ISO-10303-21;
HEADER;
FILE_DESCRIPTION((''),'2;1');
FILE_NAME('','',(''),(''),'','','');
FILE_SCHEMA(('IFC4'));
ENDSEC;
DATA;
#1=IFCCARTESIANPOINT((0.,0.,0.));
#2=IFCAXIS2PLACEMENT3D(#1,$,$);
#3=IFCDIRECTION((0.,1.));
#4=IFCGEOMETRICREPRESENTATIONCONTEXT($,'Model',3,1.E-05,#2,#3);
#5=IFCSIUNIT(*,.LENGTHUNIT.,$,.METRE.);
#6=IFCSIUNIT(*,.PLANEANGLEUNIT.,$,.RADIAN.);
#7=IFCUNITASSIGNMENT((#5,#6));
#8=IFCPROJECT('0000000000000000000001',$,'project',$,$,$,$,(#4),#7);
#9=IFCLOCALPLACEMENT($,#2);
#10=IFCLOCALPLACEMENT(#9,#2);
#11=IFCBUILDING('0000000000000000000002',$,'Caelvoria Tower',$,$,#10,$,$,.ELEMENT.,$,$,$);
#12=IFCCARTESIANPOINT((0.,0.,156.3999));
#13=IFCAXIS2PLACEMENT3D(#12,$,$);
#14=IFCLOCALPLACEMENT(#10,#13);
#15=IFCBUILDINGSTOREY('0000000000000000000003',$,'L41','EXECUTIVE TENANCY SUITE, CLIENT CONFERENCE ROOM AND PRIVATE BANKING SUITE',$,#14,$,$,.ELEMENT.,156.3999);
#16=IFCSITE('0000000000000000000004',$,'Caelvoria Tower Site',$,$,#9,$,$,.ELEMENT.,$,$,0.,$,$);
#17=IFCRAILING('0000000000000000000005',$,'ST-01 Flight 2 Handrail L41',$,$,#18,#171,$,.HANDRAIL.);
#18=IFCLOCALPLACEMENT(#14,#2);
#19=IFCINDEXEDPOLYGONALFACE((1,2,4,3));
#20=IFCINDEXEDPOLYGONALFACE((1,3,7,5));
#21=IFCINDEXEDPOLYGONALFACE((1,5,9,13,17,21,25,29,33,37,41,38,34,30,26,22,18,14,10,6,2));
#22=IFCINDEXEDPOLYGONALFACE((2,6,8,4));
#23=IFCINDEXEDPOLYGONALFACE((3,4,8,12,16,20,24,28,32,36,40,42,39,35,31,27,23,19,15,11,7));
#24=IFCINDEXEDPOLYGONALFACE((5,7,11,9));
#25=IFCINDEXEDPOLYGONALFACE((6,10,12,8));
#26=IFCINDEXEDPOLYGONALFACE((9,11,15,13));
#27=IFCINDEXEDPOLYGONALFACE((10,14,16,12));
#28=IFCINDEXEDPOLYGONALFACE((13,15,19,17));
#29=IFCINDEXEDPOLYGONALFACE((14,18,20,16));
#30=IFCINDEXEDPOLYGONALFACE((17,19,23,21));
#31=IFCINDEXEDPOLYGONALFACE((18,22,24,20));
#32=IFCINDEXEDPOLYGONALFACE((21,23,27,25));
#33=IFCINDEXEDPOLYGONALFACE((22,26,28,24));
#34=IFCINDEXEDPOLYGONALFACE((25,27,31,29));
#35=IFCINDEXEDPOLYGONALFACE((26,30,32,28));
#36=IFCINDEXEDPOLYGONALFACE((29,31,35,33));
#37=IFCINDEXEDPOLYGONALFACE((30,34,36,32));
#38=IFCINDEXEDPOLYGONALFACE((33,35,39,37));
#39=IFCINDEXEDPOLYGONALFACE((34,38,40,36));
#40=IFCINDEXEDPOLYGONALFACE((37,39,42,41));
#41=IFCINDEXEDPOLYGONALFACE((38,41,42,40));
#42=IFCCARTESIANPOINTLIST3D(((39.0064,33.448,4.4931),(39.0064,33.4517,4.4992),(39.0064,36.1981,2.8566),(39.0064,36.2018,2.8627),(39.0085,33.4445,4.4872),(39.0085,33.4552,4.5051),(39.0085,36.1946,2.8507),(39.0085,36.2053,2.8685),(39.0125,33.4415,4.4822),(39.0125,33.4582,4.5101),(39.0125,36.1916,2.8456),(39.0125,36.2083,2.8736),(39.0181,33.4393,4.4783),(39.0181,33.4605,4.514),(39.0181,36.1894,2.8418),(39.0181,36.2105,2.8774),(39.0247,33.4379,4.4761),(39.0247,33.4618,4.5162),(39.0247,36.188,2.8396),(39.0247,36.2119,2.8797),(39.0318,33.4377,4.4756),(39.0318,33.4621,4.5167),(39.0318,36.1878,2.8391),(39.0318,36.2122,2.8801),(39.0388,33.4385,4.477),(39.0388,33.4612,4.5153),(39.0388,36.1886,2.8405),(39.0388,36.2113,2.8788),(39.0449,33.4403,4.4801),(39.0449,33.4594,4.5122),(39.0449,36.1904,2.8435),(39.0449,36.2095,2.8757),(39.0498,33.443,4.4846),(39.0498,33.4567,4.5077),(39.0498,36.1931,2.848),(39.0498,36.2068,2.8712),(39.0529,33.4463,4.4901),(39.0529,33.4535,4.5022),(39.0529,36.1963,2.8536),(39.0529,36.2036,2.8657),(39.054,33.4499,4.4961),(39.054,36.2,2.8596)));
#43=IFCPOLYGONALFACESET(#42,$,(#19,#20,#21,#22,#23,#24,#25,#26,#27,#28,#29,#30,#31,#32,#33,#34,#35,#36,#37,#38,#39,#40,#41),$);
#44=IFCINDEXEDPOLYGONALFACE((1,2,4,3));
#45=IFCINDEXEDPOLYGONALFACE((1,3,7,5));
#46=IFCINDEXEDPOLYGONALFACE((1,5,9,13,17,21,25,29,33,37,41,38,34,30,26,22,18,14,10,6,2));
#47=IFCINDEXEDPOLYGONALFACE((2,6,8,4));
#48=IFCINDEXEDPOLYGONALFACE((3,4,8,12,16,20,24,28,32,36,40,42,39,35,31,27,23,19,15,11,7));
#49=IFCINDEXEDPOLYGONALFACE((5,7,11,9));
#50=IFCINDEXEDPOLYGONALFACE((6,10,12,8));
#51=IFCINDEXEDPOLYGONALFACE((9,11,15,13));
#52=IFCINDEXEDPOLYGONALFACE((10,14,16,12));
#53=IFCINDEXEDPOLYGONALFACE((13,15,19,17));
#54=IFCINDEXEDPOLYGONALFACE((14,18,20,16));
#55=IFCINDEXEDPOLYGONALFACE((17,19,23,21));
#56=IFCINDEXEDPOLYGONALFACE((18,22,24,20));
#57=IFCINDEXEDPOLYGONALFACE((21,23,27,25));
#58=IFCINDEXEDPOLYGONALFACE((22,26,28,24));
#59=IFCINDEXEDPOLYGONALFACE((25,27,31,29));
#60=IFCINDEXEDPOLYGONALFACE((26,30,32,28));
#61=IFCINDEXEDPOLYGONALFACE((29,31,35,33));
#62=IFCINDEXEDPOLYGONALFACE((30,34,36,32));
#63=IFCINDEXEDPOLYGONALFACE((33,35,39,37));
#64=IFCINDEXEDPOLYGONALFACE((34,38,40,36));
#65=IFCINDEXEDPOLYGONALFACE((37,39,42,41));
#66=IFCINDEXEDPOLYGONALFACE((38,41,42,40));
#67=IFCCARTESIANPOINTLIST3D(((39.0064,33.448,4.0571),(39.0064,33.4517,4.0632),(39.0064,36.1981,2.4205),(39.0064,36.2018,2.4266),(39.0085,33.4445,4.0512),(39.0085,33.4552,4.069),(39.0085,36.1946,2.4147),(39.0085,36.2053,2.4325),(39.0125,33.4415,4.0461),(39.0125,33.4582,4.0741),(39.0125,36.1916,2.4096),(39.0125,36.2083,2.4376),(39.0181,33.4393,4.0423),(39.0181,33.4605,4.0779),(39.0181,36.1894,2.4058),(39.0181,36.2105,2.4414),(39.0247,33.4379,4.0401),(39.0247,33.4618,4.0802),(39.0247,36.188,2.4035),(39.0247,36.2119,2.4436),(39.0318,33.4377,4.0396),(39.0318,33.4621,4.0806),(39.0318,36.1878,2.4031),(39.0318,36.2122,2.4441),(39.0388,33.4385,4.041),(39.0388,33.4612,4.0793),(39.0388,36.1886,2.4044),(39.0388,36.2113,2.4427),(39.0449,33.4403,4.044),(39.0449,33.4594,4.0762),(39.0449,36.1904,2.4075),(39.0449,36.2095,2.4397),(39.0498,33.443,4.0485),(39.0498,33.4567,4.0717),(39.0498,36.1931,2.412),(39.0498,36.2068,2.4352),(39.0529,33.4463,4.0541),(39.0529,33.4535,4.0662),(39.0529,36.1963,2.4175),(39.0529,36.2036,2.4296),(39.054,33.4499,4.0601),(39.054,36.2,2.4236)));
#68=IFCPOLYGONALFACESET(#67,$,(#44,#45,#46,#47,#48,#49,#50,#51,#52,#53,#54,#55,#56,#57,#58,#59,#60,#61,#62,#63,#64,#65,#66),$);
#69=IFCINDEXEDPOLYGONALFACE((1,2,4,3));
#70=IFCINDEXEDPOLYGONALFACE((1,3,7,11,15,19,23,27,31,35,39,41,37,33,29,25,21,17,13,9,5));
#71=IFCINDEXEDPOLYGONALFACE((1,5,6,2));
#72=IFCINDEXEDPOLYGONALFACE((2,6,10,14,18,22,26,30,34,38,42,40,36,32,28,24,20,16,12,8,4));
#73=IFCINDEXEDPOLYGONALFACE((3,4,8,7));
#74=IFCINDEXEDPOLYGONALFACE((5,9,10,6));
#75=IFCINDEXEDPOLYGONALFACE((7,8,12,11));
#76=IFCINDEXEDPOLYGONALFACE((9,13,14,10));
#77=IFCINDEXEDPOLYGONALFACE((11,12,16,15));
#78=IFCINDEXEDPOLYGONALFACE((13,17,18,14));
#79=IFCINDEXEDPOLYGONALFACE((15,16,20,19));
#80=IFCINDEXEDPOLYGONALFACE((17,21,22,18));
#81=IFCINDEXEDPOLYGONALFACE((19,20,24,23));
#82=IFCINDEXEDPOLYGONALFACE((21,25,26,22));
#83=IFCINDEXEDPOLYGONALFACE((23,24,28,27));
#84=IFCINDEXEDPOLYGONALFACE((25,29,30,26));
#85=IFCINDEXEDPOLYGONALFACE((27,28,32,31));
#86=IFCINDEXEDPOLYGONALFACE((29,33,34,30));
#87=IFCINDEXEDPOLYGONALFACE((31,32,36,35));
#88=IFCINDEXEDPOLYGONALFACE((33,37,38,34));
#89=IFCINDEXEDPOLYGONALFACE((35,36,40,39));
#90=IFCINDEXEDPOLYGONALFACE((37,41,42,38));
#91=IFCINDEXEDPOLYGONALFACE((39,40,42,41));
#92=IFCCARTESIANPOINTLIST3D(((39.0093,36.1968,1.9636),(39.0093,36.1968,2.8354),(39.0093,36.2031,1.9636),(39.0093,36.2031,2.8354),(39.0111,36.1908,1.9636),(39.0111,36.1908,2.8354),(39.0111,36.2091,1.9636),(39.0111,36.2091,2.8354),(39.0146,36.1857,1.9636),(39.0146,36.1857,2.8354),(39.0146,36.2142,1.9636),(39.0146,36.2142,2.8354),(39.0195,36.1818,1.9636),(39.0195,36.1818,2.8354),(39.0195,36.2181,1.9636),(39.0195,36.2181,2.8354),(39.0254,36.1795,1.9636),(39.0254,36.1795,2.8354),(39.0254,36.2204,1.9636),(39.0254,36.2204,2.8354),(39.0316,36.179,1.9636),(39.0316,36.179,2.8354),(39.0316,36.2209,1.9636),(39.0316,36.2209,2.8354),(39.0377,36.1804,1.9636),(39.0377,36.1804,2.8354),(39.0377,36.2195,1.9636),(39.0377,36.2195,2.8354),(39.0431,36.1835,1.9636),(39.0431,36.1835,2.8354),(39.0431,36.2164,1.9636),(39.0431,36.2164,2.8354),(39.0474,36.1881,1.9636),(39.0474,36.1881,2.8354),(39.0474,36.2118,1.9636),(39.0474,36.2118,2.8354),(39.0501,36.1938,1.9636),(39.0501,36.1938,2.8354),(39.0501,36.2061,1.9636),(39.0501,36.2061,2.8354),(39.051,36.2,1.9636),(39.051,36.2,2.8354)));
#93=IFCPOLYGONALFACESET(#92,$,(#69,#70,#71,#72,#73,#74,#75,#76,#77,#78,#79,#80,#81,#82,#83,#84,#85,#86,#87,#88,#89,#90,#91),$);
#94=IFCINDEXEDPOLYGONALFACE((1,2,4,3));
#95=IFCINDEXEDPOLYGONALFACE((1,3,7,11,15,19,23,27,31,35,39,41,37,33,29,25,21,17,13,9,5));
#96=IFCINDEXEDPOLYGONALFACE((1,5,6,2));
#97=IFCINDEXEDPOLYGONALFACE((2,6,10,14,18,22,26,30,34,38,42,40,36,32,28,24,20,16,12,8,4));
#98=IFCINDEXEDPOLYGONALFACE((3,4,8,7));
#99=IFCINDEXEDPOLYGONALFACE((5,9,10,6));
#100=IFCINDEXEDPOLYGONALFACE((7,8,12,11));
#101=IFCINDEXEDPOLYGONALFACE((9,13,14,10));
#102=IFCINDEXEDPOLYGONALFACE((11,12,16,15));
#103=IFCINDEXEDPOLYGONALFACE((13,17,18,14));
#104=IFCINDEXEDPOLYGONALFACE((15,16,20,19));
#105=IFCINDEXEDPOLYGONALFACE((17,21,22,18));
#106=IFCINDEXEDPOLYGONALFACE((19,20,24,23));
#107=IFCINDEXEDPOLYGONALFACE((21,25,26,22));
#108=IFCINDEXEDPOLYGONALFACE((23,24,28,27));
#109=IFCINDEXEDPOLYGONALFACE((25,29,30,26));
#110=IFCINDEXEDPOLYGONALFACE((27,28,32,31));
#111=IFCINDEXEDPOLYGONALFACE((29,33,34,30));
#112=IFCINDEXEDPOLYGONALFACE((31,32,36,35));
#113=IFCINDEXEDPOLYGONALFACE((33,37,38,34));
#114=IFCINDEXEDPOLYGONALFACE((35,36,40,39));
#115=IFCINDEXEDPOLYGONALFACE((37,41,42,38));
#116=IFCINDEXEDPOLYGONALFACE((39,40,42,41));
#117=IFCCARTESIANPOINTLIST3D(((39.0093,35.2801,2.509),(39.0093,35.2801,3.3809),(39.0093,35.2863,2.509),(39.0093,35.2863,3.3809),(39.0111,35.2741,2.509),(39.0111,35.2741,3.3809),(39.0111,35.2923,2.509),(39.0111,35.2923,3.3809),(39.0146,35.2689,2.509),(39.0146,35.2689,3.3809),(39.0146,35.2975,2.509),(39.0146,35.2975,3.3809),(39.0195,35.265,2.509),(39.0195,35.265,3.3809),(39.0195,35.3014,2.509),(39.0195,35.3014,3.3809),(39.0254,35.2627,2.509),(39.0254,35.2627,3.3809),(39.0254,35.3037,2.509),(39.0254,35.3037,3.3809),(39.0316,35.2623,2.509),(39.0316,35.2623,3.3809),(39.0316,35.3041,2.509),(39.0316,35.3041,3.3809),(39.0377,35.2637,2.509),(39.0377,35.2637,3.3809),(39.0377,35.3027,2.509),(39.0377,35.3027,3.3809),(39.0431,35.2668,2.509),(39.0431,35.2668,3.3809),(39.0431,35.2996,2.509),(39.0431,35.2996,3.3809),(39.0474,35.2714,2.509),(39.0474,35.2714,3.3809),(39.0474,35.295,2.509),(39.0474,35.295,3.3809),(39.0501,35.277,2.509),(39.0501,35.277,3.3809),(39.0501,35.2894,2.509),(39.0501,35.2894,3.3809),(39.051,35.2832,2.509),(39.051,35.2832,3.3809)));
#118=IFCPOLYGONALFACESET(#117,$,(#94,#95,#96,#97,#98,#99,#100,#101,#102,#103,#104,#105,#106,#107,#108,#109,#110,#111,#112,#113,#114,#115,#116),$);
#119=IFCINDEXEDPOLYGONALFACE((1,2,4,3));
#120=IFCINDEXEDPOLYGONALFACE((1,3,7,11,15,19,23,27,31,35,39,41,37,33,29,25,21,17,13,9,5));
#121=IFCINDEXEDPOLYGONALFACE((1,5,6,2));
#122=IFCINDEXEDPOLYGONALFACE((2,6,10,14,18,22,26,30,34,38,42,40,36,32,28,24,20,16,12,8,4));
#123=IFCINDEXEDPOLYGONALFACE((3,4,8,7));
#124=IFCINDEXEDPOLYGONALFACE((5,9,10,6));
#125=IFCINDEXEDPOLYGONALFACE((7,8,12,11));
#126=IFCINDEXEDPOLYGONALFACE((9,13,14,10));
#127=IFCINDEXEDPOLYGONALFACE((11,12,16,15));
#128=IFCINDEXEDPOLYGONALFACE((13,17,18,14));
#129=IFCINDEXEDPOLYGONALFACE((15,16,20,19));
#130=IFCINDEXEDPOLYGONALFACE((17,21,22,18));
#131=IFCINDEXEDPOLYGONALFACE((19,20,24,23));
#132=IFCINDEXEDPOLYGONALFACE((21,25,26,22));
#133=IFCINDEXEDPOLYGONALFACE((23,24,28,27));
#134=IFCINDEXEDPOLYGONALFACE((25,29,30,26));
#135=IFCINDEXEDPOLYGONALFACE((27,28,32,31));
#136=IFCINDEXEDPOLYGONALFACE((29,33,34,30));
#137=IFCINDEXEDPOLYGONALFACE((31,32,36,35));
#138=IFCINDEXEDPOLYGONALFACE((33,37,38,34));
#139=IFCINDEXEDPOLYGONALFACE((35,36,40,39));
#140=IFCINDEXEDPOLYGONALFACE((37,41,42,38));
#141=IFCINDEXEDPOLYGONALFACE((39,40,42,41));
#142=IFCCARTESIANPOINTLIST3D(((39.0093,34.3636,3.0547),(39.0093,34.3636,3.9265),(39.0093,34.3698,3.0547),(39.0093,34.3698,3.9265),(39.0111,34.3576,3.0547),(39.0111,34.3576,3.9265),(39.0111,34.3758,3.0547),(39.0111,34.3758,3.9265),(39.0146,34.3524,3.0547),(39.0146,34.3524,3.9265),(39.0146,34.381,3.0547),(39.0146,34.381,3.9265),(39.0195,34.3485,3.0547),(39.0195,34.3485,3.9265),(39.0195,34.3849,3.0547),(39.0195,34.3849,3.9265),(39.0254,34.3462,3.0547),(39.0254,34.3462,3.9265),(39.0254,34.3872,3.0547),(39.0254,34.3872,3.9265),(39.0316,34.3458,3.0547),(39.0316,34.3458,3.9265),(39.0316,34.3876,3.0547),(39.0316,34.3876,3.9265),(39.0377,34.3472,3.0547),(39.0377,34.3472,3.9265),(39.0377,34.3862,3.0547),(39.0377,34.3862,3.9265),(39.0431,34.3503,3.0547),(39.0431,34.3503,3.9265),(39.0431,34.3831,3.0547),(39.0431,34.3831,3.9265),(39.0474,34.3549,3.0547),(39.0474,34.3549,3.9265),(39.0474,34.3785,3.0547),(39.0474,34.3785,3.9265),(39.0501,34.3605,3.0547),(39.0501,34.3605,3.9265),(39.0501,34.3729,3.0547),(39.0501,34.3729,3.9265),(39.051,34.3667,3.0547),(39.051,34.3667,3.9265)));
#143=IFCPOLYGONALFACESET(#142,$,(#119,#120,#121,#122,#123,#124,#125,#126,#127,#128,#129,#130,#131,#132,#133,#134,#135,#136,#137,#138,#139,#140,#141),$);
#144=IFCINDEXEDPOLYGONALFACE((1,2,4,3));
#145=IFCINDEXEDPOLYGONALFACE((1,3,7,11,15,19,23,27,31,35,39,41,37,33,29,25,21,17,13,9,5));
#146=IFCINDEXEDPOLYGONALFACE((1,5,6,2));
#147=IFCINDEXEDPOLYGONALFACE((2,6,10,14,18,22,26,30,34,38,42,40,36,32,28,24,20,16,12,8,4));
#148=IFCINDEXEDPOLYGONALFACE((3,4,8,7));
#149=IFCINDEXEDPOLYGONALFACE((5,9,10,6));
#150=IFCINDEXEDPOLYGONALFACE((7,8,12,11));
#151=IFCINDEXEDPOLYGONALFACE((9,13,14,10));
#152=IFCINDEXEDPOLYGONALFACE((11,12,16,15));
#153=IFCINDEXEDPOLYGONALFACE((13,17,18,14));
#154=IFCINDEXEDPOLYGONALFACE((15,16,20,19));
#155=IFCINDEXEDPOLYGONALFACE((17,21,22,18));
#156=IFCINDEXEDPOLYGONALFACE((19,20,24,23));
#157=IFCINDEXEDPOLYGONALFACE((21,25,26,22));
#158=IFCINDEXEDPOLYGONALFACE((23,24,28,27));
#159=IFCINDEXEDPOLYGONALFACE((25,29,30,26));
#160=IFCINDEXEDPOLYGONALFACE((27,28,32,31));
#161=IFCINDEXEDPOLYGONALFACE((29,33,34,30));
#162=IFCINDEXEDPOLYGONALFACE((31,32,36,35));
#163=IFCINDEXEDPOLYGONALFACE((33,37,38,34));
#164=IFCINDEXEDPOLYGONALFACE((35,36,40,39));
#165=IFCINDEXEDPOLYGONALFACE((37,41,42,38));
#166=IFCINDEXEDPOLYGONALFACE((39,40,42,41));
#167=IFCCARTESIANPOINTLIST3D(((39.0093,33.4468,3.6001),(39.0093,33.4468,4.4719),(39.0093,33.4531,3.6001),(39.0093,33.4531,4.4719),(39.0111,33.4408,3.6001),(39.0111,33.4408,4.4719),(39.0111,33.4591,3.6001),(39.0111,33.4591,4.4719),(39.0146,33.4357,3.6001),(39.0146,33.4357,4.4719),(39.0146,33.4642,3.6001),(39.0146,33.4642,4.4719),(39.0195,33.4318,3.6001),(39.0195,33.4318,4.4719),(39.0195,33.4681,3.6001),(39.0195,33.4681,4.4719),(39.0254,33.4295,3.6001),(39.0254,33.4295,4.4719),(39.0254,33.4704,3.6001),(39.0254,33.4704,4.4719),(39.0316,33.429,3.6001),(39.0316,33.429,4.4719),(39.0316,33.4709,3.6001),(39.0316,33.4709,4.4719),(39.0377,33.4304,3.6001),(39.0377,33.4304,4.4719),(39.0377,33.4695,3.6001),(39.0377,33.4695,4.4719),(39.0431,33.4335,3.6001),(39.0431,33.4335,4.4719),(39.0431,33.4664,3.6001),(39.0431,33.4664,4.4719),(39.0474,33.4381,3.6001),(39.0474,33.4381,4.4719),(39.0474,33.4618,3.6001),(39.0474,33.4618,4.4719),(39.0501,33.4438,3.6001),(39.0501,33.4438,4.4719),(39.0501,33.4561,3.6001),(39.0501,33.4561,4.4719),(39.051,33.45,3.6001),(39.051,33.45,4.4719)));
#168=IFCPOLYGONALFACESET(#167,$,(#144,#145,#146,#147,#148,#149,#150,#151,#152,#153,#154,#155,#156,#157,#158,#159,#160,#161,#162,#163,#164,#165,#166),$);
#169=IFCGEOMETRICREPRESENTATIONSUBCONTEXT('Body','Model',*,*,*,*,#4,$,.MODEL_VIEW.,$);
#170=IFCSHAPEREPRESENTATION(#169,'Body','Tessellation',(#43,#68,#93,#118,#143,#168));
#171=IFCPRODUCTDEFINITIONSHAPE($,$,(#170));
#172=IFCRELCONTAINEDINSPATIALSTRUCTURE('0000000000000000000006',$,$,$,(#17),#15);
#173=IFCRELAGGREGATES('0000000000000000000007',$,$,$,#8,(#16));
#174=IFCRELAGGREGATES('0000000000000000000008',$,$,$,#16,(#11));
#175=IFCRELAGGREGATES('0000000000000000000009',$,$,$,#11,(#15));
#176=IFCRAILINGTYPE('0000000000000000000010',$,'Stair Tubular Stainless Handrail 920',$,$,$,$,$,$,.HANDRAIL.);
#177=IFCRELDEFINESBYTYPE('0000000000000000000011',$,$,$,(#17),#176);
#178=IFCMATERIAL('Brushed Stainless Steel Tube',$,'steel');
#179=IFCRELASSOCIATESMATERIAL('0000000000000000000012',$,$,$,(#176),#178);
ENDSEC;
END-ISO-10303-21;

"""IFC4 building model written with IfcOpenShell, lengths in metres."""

from ifc_helpers import new_model, si_unit, direction, frame, origin, origin_2d, place, context, subcontext, project, spatial, circle, extrude, material, type_object, element, save


model = new_model("IFC4")

# Units and contexts
model_context = context("Model", 3, precision=1e-05, world=origin(), true_north=direction((0.0, 1.0)))
body_context = subcontext(model_context, "Body", "Model", "MODEL_VIEW")
ifc_project = project(units=[si_unit("LENGTHUNIT", "METRE"), si_unit("PLANEANGLEUNIT", "RADIAN")], contexts=[model_context])

# Site, building, storey
site_placement = place(None, origin())
site = spatial("IfcSite", under=ifc_project, at=site_placement, Name="Caelvoria Tower Site", CompositionType="ELEMENT", RefElevation=0.0)
building_placement = place(site_placement, origin())
building = spatial("IfcBuilding", under=site, at=building_placement, Name="Caelvoria Tower", CompositionType="ELEMENT")
storey_placement = place(building_placement, frame((0.0, 0.0, 156.3999)))
storey = spatial("IfcBuildingStorey", under=building, at=storey_placement, Name="L41", Description="EXECUTIVE TENANCY SUITE, CLIENT CONFERENCE ROOM AND PRIVATE BANKING SUITE", CompositionType="ELEMENT", Elevation=156.3999)

# Railing
ifc_material_1 = material(Name="Brushed Stainless Steel Tube", Category="steel")
railing_type_1 = type_object("IfcRailingType", Name="Stair Tubular Stainless Handrail 920", PredefinedType="HANDRAIL", material=ifc_material_1)
railing_1_placement = place(storey_placement, frame((39.03, 36.2, 1.9636)))
element("IfcRailing", 1, at=railing_1_placement, inside=storey, type_object=railing_type_1, Name="ST-01 Flight 2 Handrail L41", PredefinedType="HANDRAIL", context=body_context, shape_type="SweptSolid", body=[
    extrude(circle(Radius=0.0239, at=origin_2d()), frame((0.0, 0.0, 0.896), z_axis=(0.0, -0.859352, 0.511385), x_axis=(1.0, 0.0, 0.0)), (0.0, 0.0, 1.0), 3.2002),
    extrude(circle(Radius=0.0239, at=origin_2d()), frame((0.0, 0.0, 0.46), z_axis=(0.0, -0.859352, 0.511385), x_axis=(1.0, 0.0, 0.0)), (0.0, 0.0, 1.0), 3.2002),
    extrude(circle(Radius=0.021, at=origin_2d()), origin(), (0.0, 0.0, 1.0), 0.8718),
    extrude(circle(Radius=0.021, at=origin_2d()), frame((0.0, -0.9167, 0.5454)), (0.0, 0.0, 1.0), 0.8718),
    extrude(circle(Radius=0.021, at=origin_2d()), frame((0.0, -1.8333, 1.0911)), (0.0, 0.0, 1.0), 0.8718),
    extrude(circle(Radius=0.021, at=origin_2d()), frame((0.0, -2.75, 1.6365)), (0.0, 0.0, 1.0), 0.8718),
])

save(model, "model.ifc")
